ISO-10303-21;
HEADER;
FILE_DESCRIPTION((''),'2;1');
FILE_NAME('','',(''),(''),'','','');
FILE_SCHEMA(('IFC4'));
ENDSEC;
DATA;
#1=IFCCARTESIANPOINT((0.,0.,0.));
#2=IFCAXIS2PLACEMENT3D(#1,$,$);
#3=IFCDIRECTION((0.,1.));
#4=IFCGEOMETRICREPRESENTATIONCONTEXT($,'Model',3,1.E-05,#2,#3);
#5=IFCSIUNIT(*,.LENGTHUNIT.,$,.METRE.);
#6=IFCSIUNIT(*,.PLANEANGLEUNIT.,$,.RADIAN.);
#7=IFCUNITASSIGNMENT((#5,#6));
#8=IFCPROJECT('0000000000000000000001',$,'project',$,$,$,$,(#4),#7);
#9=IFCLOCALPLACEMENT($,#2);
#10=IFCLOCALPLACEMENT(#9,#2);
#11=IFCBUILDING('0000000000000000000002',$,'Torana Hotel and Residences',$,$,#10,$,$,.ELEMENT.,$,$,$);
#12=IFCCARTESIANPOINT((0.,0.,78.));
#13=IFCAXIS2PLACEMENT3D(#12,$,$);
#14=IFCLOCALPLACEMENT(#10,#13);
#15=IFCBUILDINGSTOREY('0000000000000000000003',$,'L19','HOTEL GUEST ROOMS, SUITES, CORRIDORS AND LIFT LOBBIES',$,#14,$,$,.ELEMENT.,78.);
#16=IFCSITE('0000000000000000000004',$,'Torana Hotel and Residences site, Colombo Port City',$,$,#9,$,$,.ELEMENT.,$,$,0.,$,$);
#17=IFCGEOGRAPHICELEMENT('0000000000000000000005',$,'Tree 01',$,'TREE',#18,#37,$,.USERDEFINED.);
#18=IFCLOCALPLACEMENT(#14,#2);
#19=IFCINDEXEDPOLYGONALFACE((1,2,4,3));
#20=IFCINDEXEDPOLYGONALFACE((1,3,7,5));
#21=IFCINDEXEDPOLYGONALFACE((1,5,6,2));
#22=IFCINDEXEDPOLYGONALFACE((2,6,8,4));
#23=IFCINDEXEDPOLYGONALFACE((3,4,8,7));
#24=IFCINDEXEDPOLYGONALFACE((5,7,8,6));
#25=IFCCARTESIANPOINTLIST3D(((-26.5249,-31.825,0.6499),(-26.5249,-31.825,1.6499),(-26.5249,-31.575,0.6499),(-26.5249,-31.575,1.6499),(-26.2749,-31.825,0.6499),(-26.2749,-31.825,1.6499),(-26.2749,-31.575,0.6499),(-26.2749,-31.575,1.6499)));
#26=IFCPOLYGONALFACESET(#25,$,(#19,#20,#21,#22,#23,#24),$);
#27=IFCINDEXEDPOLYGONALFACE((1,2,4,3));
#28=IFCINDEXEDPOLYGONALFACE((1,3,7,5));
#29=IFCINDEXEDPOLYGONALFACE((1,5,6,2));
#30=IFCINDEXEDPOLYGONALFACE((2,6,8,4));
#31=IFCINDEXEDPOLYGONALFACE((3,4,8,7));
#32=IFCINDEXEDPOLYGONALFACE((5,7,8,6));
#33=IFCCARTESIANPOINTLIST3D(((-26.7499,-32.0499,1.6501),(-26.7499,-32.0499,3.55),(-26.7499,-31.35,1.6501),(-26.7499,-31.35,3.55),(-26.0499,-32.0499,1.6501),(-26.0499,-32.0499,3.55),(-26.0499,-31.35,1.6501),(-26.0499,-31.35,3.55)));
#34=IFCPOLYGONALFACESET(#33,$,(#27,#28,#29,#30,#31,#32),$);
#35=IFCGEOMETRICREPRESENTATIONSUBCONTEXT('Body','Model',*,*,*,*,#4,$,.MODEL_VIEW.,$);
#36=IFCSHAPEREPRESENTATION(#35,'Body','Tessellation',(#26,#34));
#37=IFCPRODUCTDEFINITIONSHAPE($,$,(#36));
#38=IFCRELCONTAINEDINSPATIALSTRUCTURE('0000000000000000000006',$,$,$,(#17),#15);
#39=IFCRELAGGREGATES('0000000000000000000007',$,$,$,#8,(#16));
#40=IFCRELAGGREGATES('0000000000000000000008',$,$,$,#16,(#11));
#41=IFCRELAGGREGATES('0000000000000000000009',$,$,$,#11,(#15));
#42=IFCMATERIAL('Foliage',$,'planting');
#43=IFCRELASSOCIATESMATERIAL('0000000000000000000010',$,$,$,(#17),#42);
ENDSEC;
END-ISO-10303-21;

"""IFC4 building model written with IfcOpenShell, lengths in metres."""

from ifc_helpers import new_model, si_unit, direction, frame, origin, origin_2d, place, context, subcontext, project, spatial, rectangle, extrude, material, element, save


model = new_model("IFC4")

# Units and contexts
model_context = context("Model", 3, precision=1e-05, world=origin(), true_north=direction((0.0, 1.0)))
body_context = subcontext(model_context, "Body", "Model", "MODEL_VIEW")
ifc_project = project(units=[si_unit("LENGTHUNIT", "METRE"), si_unit("PLANEANGLEUNIT", "RADIAN")], contexts=[model_context])

# Site, building, storey
site_placement = place(None, origin())
site = spatial("IfcSite", under=ifc_project, at=site_placement, Name="Torana Hotel and Residences site, Colombo Port City", CompositionType="ELEMENT", RefElevation=0.0)
building_placement = place(site_placement, origin())
building = spatial("IfcBuilding", under=site, at=building_placement, Name="Torana Hotel and Residences", CompositionType="ELEMENT")
storey_placement = place(building_placement, frame((0.0, 0.0, 78.0)))
storey = spatial("IfcBuildingStorey", under=building, at=storey_placement, Name="L19", Description="HOTEL GUEST ROOMS, SUITES, CORRIDORS AND LIFT LOBBIES", CompositionType="ELEMENT", Elevation=78.0)

# Geographic element
ifc_material_1 = material(Name="Foliage", Category="planting")
geographic_element_placement = place(storey_placement, frame((-26.3999, -31.7, 0.6499), z_axis=(0.0, 0.0, 1.0), x_axis=(1.0, 0.0, 0.0)))
element("IfcGeographicElement", 1, at=geographic_element_placement, inside=storey, material=ifc_material_1, Name="Tree 01", ObjectType="TREE", PredefinedType="USERDEFINED", context=body_context, shape_type="SweptSolid", body=[
    extrude(rectangle(XDim=0.25, YDim=0.25, at=origin_2d()), origin(), (0.0, 0.0, 1.0), 1.0),
    extrude(rectangle(XDim=0.7, YDim=0.7, at=origin_2d()), frame((0.0, 0.0, 1.0002)), (0.0, 0.0, 1.0), 1.8999),
])

save(model, "model.ifc")
